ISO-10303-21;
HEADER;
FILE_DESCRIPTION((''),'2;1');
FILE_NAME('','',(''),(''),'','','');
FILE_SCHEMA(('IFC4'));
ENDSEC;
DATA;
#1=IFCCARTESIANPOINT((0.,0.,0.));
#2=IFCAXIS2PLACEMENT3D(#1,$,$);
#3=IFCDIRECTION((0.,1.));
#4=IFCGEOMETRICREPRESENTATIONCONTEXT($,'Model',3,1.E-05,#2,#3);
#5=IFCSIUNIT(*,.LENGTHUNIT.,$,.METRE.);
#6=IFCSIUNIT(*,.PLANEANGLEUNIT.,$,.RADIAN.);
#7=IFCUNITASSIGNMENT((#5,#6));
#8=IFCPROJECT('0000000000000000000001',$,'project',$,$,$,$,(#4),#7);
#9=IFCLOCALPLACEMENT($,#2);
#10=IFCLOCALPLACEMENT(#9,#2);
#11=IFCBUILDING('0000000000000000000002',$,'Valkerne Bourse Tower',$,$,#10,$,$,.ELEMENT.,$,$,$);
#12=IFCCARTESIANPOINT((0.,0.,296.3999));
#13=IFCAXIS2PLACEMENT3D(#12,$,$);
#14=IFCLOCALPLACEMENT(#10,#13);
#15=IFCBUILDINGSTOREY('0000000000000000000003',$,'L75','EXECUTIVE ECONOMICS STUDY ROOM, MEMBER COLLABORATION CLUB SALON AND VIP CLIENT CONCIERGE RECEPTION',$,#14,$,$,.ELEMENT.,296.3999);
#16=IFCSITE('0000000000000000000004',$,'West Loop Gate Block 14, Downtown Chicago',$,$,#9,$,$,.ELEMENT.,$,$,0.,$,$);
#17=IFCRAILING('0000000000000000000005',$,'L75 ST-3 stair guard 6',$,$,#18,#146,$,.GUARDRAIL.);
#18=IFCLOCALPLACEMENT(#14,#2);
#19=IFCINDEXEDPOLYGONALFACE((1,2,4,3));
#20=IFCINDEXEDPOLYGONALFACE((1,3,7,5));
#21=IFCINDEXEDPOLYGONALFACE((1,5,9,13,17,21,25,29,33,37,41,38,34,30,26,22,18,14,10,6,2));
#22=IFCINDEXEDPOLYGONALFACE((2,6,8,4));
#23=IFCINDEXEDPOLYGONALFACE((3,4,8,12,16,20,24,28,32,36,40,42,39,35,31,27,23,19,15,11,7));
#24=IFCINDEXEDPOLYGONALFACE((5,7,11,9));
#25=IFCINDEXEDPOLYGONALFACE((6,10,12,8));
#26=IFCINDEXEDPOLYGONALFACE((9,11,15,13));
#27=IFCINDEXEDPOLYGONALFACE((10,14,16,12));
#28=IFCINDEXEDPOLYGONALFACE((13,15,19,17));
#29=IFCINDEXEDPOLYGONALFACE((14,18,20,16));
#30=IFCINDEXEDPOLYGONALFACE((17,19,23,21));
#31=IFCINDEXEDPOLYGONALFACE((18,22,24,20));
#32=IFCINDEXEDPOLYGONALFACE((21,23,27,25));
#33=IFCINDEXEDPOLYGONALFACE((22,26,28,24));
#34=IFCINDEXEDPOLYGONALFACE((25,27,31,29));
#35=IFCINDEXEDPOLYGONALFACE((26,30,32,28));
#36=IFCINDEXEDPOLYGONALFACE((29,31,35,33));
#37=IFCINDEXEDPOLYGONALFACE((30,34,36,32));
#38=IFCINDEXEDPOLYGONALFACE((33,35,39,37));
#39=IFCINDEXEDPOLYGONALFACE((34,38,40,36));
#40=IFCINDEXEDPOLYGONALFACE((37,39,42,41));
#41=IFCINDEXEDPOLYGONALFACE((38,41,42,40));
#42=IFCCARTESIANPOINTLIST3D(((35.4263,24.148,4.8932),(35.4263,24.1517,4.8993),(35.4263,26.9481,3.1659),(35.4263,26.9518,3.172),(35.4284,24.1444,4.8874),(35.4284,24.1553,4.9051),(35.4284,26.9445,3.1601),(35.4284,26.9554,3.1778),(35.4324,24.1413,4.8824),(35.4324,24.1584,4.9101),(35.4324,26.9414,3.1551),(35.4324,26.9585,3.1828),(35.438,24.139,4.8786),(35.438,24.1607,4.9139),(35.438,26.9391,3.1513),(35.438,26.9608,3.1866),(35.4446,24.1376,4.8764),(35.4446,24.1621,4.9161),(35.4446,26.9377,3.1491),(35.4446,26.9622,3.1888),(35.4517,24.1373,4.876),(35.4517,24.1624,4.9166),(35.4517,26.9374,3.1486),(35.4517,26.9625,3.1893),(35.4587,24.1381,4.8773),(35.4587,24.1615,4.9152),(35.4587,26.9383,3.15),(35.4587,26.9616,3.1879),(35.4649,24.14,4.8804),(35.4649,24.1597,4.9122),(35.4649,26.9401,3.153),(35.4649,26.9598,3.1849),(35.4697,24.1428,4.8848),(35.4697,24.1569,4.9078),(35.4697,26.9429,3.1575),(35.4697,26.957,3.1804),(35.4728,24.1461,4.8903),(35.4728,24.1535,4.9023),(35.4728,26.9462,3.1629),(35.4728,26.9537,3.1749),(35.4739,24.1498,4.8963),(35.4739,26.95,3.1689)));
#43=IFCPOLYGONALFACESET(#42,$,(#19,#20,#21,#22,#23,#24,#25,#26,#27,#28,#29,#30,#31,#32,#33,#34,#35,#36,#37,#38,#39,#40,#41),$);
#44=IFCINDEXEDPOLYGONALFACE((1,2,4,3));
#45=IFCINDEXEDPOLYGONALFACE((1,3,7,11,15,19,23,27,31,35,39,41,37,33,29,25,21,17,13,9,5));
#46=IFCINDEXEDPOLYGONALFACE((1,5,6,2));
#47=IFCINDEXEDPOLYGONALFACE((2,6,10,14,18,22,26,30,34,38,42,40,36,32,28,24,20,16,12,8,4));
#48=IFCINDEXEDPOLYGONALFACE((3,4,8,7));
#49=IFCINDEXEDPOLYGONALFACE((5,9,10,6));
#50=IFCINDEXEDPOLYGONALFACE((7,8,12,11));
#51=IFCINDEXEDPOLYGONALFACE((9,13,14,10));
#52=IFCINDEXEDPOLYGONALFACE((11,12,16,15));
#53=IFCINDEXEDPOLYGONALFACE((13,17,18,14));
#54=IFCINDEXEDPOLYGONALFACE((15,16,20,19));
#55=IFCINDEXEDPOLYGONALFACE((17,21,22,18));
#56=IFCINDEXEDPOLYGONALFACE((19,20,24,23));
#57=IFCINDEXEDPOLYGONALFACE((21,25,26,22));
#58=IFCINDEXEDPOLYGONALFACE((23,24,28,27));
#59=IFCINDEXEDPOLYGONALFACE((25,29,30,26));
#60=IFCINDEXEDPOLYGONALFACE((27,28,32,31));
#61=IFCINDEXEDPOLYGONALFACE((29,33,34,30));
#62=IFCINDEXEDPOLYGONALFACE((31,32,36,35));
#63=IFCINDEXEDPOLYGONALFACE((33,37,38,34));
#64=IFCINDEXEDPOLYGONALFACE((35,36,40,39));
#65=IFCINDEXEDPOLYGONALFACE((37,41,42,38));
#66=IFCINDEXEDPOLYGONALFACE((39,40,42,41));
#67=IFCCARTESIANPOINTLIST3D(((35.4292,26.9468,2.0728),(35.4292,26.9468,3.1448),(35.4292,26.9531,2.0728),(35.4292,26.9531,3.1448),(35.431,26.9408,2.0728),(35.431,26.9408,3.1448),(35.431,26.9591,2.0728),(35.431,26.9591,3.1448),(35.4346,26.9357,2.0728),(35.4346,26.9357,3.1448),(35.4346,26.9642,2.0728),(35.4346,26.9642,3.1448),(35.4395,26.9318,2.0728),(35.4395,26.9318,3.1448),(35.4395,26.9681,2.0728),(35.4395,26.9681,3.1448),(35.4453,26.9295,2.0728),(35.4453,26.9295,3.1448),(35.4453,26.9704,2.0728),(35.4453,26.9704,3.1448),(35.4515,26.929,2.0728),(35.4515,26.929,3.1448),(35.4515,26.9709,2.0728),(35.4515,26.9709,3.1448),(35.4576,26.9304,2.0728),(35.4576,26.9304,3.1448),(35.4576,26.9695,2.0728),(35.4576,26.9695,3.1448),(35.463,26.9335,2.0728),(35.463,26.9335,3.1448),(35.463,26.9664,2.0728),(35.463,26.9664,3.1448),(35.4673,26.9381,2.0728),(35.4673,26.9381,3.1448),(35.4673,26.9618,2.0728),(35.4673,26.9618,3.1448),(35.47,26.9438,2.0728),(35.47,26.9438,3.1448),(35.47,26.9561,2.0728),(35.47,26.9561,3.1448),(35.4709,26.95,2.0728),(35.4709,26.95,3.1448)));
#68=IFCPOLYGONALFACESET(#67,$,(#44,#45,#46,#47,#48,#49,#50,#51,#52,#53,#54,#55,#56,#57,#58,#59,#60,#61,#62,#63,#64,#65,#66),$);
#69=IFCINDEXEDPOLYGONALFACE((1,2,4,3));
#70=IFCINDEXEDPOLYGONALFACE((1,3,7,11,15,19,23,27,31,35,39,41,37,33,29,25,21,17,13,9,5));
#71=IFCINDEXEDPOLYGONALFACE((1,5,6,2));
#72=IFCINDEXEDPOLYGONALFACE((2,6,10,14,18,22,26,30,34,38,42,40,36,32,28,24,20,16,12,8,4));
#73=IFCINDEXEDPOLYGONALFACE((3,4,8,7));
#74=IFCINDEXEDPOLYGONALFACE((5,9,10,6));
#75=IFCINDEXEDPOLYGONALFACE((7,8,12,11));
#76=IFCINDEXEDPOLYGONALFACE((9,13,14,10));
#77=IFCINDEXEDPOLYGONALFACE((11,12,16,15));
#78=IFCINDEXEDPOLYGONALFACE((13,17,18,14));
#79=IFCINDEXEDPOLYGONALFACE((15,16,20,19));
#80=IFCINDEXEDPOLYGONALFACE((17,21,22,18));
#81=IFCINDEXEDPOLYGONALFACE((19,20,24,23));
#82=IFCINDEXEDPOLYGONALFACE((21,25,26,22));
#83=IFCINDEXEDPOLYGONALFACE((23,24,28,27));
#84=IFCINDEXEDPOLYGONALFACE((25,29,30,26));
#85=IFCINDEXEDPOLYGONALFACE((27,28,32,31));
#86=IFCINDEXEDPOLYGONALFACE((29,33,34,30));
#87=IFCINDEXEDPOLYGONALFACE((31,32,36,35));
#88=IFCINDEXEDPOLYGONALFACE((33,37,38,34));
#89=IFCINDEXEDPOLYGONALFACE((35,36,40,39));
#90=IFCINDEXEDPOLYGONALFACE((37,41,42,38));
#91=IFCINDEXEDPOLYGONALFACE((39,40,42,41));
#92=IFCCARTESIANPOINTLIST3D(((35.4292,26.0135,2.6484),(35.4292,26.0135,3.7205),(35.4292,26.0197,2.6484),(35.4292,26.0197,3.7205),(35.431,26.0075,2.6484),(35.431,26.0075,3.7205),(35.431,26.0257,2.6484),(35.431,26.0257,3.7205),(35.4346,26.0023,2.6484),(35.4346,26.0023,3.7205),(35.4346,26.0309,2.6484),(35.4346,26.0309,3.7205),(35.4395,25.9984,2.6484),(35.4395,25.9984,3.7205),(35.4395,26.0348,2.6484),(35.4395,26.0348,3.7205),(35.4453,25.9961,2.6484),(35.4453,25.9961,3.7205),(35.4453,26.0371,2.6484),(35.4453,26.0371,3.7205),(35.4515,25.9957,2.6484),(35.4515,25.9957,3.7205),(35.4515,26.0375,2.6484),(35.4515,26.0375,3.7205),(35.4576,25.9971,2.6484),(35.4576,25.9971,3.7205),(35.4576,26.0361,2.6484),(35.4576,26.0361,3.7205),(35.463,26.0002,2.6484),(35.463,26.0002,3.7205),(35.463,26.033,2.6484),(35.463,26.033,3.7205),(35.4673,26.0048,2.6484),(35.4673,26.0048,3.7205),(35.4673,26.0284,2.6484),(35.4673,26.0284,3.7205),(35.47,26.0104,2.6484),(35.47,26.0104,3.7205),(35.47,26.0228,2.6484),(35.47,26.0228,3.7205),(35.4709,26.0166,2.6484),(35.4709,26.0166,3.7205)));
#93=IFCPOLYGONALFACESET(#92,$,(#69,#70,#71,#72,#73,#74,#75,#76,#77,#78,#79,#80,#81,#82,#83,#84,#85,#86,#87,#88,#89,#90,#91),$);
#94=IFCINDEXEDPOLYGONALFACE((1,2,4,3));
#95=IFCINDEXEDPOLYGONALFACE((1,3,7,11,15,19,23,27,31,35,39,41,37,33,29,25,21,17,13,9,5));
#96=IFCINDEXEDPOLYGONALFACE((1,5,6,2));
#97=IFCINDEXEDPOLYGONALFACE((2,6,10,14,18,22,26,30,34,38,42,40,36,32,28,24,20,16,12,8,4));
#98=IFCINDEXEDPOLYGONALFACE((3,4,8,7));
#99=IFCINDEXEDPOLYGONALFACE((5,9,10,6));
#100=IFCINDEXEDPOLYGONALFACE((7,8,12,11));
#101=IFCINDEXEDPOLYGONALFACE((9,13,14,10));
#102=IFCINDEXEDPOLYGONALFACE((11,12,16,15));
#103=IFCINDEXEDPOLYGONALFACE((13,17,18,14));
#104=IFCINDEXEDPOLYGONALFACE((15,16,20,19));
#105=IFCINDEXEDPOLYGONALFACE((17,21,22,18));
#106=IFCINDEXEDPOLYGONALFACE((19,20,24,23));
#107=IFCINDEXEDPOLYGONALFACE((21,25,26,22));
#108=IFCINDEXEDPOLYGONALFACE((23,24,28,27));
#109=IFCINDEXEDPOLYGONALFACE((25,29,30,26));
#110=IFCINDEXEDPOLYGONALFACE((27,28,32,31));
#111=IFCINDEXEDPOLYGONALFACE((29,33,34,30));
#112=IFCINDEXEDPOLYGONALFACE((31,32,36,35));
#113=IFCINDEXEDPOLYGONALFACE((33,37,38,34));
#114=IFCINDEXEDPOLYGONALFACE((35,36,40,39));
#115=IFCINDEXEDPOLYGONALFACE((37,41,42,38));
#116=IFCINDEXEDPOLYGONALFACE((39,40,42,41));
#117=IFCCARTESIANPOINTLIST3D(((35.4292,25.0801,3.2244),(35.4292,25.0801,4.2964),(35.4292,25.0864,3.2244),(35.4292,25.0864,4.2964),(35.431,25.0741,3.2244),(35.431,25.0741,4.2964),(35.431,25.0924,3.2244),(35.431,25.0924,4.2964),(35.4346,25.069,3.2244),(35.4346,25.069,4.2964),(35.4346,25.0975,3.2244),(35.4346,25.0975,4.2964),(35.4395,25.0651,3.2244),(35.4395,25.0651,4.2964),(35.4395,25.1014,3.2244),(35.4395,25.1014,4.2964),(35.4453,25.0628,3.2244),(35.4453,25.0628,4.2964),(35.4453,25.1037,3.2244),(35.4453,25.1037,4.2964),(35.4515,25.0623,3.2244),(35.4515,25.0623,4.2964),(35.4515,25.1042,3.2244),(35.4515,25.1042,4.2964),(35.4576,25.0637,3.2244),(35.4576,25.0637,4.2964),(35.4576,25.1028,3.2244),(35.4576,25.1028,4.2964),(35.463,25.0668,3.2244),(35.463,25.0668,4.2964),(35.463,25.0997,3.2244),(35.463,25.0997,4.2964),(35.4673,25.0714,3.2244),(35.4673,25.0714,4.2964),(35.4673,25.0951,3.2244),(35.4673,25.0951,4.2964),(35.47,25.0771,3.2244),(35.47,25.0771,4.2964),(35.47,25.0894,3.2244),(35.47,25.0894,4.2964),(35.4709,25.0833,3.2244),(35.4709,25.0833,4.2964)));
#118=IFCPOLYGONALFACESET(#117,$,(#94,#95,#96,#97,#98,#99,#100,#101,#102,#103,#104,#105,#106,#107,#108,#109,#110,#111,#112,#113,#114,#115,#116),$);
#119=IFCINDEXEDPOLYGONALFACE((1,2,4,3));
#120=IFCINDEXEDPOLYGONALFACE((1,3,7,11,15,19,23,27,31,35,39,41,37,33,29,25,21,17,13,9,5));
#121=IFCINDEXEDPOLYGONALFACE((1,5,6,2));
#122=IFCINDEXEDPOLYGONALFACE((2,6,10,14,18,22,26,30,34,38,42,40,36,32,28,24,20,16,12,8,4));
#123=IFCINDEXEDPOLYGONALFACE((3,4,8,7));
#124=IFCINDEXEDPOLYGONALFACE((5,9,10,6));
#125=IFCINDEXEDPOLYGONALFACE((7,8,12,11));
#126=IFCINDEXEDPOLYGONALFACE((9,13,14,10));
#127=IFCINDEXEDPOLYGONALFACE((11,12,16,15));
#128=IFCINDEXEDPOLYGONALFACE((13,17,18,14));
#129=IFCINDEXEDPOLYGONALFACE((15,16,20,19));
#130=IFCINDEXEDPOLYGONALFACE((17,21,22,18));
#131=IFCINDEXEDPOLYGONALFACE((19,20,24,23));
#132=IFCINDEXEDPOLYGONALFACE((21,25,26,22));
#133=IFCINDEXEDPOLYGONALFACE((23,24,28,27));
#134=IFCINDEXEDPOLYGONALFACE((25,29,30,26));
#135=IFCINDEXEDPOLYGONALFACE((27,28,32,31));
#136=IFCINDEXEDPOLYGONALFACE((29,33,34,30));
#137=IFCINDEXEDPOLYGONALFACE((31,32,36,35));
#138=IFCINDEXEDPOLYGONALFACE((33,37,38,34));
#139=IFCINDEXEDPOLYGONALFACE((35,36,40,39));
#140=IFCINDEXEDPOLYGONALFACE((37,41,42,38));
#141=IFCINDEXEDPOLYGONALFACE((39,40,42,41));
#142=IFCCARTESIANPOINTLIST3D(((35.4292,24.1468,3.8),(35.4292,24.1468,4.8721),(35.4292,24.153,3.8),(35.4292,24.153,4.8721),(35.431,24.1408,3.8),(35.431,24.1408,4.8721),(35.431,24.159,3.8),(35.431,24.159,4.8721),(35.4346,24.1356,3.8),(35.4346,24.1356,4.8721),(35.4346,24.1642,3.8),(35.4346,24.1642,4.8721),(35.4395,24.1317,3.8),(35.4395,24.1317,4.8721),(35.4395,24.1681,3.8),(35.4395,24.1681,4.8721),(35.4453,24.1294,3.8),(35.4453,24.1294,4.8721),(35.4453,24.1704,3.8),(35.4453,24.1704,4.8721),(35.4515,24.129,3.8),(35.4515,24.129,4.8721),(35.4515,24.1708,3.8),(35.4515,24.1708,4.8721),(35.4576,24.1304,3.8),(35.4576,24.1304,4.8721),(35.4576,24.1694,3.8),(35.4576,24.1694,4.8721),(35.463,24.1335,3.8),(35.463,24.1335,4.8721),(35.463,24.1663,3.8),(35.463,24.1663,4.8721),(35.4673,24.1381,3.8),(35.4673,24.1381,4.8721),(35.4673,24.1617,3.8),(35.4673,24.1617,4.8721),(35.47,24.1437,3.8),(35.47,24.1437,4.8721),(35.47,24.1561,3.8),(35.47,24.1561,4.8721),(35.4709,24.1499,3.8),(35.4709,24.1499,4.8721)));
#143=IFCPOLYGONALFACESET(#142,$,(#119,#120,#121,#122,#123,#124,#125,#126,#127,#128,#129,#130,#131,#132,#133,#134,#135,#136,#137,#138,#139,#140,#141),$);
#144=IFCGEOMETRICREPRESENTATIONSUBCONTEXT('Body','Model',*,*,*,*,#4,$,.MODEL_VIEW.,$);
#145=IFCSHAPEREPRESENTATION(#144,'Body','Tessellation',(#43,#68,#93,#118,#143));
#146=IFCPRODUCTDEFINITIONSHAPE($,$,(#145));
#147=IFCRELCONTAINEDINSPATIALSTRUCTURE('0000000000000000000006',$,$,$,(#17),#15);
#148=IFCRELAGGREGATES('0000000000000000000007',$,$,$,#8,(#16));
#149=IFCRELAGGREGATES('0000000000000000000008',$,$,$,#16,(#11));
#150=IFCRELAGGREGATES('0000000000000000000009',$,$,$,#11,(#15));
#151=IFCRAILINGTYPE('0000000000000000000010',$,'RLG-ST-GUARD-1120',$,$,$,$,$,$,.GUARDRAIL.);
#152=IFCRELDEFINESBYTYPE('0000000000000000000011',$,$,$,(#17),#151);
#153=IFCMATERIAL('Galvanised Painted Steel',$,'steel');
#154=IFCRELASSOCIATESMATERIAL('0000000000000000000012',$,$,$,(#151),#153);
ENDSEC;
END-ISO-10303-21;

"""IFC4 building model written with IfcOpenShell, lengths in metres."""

from ifc_helpers import new_model, si_unit, direction, frame, origin, origin_2d, place, context, subcontext, project, spatial, circle, extrude, material, type_object, element, save


model = new_model("IFC4")

# Units and contexts
model_context = context("Model", 3, precision=1e-05, world=origin(), true_north=direction((0.0, 1.0)))
body_context = subcontext(model_context, "Body", "Model", "MODEL_VIEW")
ifc_project = project(units=[si_unit("LENGTHUNIT", "METRE"), si_unit("PLANEANGLEUNIT", "RADIAN")], contexts=[model_context])

# Site, building, storey
site_placement = place(None, origin())
site = spatial("IfcSite", under=ifc_project, at=site_placement, Name="West Loop Gate Block 14, Downtown Chicago", CompositionType="ELEMENT", RefElevation=0.0)
building_placement = place(site_placement, origin())
building = spatial("IfcBuilding", under=site, at=building_placement, Name="Valkerne Bourse Tower", CompositionType="ELEMENT")
storey_placement = place(building_placement, frame((0.0, 0.0, 296.3999)))
storey = spatial("IfcBuildingStorey", under=building, at=storey_placement, Name="L75", Description="EXECUTIVE ECONOMICS STUDY ROOM, MEMBER COLLABORATION CLUB SALON AND VIP CLIENT CONCIERGE RECEPTION", CompositionType="ELEMENT", Elevation=296.3999)

# Railing
ifc_material_1 = material(Name="Galvanised Painted Steel", Category="steel")
railing_type_1 = type_object("IfcRailingType", Name="RLG-ST-GUARD-1120", PredefinedType="GUARDRAIL", material=ifc_material_1)
railing_1_placement = place(storey_placement, frame((35.45, 26.95, 2.0728)))
element("IfcRailing", 1, at=railing_1_placement, inside=storey, type_object=railing_type_1, Name="L75 ST-3 stair guard 6", PredefinedType="GUARDRAIL", context=body_context, shape_type="SweptSolid", body=[
    extrude(circle(Radius=0.0239, at=origin_2d()), frame((0.0, 0.0, 1.0962), z_axis=(0.0, -0.85109, 0.52502), x_axis=(1.0, 0.0, 0.0)), (0.0, 0.0, 1.0), 3.29),
    extrude(circle(Radius=0.021, at=origin_2d()), origin(), (0.0, 0.0, 1.0), 1.072),
    extrude(circle(Radius=0.021, at=origin_2d()), frame((0.0, -0.9333, 0.5757)), (0.0, 0.0, 1.0), 1.072),
    extrude(circle(Radius=0.021, at=origin_2d()), frame((0.0, -1.8667, 1.1516)), (0.0, 0.0, 1.0), 1.072),
    extrude(circle(Radius=0.021, at=origin_2d()), frame((0.0, -2.8, 1.7273)), (0.0, 0.0, 1.0), 1.072),
])

save(model, "model.ifc")
